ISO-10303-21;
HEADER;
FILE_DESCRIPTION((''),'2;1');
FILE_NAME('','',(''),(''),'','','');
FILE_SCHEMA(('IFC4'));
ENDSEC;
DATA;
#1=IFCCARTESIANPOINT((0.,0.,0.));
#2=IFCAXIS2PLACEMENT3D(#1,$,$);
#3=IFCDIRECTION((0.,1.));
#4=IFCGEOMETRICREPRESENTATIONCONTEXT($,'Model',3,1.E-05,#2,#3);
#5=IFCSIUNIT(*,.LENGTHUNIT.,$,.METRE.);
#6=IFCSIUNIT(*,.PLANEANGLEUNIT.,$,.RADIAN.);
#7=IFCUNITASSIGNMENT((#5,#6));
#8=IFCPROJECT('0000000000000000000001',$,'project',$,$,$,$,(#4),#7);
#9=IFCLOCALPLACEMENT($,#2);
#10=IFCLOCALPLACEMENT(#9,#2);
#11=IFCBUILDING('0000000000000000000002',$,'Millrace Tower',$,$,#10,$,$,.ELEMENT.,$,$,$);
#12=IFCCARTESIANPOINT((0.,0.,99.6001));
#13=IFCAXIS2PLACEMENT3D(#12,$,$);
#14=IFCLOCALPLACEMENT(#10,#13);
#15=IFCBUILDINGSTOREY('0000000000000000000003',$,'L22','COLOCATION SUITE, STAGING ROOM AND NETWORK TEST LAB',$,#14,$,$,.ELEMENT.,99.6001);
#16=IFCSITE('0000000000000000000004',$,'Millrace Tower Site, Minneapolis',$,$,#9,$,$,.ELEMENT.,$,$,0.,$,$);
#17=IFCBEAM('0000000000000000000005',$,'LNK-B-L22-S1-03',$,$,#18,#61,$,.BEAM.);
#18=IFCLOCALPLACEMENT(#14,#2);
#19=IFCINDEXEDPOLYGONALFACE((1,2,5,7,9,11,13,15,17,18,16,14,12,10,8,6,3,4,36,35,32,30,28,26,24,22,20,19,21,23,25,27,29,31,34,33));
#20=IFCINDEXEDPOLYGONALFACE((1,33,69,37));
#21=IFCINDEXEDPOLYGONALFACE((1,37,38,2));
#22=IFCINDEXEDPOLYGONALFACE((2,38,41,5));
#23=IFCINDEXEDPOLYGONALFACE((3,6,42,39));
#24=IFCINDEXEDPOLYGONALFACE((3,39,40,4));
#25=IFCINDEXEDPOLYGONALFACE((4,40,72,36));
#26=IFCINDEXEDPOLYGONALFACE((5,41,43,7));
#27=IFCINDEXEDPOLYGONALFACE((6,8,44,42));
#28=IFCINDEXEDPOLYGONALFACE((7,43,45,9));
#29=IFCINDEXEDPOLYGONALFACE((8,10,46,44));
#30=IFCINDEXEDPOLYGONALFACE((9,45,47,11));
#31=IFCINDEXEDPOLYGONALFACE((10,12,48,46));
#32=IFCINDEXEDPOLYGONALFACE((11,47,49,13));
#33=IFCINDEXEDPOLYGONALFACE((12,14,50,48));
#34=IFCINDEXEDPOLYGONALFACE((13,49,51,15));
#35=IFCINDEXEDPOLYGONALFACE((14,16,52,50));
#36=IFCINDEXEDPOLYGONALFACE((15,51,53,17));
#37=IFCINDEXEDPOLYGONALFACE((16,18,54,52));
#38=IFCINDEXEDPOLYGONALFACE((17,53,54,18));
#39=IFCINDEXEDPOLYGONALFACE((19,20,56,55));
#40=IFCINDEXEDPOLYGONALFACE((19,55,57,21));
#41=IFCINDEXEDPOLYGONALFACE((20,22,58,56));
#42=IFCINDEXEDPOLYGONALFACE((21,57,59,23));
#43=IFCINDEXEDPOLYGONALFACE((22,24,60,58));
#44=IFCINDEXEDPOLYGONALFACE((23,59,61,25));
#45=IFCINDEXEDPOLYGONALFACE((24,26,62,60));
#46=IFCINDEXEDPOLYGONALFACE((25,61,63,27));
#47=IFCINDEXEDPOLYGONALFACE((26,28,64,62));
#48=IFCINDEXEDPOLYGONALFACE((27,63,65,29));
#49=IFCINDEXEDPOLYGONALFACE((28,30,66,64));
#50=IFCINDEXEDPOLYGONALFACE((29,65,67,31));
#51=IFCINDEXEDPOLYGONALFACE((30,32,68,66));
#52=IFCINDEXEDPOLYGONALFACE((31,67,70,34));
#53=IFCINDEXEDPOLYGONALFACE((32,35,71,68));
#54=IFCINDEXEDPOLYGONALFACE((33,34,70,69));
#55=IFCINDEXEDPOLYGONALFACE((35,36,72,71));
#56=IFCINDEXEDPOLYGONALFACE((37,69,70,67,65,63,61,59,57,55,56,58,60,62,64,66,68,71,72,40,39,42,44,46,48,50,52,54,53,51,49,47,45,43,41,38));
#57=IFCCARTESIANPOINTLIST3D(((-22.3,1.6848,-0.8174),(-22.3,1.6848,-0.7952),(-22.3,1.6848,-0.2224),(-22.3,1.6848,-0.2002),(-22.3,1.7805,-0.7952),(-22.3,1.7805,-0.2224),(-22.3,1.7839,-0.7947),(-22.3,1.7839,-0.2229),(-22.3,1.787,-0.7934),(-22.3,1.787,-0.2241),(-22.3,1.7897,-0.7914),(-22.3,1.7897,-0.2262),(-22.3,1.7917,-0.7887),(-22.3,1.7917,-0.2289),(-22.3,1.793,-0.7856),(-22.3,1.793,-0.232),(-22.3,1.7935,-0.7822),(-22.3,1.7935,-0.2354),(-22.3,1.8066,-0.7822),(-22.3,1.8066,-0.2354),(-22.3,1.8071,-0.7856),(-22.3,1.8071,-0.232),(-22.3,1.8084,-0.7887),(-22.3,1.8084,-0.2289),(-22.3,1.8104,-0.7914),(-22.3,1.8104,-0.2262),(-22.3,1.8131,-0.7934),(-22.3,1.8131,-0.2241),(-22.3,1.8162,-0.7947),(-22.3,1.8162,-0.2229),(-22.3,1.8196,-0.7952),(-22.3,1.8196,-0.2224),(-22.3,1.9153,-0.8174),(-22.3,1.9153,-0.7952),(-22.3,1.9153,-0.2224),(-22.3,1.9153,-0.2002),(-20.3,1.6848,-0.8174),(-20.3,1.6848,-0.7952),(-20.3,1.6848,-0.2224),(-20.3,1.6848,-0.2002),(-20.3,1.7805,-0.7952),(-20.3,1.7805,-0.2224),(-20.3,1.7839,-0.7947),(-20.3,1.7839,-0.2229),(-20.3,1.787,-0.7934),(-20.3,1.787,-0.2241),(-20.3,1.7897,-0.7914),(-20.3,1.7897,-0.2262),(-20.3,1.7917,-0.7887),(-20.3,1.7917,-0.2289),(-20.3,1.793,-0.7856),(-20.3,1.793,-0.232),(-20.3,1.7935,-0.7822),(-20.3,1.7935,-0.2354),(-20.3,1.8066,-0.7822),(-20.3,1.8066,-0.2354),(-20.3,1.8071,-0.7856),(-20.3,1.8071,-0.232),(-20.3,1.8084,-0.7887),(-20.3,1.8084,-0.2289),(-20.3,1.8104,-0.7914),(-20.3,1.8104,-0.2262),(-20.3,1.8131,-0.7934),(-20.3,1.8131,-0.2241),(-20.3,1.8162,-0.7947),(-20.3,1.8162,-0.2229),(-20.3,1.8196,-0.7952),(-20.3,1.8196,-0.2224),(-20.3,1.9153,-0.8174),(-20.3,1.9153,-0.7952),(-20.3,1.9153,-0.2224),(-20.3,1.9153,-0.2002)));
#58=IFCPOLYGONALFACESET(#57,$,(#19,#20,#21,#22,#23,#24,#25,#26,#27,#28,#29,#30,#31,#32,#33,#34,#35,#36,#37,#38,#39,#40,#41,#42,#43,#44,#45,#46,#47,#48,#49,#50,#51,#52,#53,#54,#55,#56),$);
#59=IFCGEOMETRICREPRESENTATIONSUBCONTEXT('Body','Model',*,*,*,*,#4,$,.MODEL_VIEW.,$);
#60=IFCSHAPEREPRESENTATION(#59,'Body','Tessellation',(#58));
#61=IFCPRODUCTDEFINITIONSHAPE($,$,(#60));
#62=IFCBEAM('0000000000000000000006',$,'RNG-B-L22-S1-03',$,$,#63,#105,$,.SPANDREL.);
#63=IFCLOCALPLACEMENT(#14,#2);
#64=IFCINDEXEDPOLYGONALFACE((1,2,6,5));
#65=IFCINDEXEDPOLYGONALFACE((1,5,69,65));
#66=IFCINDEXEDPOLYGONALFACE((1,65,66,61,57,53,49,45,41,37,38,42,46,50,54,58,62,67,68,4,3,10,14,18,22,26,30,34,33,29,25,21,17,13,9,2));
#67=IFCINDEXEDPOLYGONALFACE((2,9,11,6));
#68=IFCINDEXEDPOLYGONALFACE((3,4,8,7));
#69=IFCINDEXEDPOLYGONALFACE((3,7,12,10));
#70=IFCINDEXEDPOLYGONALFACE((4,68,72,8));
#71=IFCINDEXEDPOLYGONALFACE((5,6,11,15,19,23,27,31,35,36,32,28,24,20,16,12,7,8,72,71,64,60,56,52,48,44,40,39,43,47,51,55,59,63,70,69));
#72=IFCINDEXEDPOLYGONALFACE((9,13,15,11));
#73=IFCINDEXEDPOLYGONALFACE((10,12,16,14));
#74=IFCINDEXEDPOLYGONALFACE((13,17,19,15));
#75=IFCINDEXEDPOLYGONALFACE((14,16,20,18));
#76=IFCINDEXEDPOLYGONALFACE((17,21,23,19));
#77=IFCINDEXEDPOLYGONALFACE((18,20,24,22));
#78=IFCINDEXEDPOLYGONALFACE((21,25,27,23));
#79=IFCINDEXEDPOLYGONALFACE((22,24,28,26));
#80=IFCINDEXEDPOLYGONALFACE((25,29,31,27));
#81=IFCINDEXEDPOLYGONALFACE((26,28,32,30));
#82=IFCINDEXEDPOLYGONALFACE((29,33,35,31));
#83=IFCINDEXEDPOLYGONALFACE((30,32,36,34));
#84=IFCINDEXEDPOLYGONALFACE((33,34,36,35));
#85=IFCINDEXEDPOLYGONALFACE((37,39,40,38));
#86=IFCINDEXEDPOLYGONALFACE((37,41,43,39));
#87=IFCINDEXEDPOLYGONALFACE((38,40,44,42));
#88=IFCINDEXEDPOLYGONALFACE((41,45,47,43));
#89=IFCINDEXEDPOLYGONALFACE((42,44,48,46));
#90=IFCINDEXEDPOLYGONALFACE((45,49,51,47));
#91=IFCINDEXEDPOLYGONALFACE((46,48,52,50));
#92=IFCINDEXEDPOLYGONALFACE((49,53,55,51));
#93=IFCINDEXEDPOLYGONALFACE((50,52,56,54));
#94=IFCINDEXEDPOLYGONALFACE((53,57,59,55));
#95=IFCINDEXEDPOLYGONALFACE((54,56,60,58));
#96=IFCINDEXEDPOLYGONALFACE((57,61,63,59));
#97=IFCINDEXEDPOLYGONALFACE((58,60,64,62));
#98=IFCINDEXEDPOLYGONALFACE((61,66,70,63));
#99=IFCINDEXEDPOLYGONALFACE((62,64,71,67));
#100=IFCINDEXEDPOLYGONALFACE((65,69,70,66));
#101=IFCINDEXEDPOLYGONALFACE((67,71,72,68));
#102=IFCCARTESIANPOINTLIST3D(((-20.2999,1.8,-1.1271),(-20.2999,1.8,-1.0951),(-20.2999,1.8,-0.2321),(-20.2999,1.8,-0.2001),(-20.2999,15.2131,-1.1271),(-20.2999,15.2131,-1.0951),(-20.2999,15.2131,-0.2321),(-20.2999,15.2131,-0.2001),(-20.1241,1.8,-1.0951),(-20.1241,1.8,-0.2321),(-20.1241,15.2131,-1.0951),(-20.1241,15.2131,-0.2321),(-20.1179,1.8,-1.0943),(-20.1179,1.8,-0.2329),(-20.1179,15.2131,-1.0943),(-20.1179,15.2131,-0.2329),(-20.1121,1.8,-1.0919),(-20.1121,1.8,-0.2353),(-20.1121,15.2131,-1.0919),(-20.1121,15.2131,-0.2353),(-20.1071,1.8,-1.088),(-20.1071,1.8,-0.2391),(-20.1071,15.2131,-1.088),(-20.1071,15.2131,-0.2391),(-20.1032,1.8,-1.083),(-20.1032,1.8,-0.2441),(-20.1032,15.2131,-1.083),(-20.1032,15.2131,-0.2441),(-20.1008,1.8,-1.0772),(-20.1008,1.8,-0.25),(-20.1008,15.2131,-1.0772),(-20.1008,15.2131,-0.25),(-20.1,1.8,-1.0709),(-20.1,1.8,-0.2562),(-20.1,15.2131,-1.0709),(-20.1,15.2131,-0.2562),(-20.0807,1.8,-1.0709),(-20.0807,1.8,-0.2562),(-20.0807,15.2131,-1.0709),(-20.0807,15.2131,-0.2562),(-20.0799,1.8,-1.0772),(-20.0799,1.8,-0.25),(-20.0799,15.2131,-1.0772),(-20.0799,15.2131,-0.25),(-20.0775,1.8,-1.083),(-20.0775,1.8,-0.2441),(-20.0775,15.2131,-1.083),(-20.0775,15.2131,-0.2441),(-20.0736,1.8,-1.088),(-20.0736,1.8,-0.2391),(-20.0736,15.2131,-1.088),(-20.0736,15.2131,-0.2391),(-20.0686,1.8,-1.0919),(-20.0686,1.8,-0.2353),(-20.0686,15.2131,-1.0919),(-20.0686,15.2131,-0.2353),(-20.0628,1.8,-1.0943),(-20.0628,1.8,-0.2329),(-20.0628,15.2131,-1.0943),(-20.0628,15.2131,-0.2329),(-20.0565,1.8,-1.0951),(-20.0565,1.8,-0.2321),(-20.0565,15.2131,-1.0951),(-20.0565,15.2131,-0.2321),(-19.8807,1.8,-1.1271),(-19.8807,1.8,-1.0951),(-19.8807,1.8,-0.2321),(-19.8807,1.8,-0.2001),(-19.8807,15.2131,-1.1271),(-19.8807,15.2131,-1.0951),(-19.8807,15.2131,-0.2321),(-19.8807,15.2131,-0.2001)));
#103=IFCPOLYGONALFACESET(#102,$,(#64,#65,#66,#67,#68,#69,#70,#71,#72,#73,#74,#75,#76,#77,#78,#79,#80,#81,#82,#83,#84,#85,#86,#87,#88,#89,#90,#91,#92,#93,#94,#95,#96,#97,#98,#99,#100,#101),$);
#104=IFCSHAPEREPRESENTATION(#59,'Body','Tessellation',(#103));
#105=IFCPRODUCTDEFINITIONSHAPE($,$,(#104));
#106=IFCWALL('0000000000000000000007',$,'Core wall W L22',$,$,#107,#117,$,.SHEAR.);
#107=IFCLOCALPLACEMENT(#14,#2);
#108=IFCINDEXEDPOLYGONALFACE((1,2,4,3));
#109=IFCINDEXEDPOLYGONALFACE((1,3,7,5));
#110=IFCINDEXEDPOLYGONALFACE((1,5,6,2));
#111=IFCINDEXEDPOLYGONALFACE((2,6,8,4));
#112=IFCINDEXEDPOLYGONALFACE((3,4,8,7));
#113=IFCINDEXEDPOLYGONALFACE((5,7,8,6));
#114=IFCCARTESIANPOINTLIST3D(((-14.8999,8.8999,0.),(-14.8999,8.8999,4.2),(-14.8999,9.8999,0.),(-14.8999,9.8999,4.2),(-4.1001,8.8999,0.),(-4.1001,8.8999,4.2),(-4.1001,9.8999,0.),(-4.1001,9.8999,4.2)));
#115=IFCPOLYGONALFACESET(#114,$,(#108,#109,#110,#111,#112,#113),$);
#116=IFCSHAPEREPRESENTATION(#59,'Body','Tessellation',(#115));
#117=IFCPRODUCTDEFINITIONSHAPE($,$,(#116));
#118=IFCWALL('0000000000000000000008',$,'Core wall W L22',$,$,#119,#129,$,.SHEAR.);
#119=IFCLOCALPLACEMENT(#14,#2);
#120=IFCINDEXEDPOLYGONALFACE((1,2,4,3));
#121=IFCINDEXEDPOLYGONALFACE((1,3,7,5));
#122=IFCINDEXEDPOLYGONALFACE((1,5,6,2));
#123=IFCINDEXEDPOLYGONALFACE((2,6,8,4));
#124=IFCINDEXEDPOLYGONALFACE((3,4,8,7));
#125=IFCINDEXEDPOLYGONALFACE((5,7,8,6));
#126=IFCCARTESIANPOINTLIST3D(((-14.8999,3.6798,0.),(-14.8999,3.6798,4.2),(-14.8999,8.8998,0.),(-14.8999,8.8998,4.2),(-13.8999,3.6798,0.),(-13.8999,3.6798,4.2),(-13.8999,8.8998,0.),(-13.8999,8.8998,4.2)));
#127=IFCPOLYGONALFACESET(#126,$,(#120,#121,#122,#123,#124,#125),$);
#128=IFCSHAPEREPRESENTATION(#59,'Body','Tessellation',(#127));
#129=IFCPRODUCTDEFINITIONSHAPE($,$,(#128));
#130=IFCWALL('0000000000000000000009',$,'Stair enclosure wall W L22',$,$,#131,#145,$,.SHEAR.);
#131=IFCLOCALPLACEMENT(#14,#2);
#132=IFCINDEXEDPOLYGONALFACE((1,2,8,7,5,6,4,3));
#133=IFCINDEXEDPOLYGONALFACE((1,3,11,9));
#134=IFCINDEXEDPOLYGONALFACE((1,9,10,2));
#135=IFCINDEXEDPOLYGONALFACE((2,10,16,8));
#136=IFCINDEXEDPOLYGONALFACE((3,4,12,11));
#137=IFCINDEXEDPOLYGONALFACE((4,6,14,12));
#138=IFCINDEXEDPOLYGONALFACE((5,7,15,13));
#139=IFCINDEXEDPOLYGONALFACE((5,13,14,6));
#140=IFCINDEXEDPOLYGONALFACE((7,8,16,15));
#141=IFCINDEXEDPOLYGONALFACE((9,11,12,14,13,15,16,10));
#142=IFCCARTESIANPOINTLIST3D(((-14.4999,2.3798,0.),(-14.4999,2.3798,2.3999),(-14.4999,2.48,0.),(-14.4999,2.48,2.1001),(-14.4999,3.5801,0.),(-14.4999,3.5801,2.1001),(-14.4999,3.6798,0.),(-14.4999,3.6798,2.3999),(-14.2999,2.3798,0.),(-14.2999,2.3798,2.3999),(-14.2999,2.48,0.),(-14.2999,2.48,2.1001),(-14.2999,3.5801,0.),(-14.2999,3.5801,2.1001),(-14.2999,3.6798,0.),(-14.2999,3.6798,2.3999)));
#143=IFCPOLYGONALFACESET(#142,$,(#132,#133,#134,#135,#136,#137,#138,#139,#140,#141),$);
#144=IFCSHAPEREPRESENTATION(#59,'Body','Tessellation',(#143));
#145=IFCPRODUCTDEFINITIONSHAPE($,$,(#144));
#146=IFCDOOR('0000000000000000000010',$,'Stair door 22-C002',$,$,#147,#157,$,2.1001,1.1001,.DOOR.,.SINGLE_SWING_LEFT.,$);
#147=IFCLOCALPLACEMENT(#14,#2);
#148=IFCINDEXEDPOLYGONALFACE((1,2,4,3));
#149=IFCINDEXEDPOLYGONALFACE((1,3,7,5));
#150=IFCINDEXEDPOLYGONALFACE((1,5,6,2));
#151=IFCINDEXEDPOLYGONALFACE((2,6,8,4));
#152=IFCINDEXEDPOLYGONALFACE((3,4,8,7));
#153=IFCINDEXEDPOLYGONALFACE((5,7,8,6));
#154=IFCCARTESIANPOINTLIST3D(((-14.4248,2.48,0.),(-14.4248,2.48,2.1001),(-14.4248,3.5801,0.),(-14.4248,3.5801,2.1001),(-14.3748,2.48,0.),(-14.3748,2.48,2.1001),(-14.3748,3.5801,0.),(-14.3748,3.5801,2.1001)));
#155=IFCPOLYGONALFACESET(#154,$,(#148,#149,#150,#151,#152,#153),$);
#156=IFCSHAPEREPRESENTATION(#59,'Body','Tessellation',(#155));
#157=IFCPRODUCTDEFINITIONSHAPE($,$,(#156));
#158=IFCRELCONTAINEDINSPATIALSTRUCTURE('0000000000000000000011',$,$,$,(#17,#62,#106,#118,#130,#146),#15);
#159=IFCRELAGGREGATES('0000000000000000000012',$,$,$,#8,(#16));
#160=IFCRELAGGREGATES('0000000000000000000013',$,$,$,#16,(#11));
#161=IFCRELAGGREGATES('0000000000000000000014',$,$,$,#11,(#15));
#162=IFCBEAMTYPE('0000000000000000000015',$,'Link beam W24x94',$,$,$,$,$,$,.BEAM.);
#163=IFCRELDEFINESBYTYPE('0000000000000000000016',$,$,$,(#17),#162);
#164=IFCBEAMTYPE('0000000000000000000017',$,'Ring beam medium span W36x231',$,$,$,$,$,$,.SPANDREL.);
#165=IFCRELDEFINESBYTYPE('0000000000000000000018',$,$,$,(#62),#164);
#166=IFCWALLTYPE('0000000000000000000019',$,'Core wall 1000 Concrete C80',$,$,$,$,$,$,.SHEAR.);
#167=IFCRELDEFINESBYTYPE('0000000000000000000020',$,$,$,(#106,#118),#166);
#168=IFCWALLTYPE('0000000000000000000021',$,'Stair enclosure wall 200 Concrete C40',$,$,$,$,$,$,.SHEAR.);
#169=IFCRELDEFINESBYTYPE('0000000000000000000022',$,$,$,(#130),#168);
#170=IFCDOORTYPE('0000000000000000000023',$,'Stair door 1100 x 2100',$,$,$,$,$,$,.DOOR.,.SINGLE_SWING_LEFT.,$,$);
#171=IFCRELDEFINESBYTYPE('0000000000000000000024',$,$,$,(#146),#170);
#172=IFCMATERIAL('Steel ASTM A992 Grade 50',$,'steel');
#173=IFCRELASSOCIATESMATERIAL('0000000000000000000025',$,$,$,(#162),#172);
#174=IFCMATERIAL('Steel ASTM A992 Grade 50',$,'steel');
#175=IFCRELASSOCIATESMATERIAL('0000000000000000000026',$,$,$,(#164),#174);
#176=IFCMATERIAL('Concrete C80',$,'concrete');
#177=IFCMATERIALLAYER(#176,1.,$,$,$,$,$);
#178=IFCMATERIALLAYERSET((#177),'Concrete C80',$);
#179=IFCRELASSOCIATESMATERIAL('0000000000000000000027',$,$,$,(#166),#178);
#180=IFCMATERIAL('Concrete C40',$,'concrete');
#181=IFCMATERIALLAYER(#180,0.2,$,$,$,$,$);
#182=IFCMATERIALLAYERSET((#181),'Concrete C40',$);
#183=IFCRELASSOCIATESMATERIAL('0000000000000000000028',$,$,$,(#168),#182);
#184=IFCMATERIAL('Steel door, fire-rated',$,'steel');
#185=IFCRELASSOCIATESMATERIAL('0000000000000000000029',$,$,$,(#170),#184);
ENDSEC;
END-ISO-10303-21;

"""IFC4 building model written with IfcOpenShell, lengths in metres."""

from ifc_helpers import new_model, si_unit, direction, frame, frame_2d, origin, origin_2d, place, context, subcontext, project, spatial, rectangle, i_section, extrude, material, layer, layer_set, material_profile, profile_set, type_object, element, fill, save


model = new_model("IFC4")

# Units and contexts
model_context = context("Model", 3, precision=1e-05, world=origin(), true_north=direction((0.0, 1.0)))
body_context = subcontext(model_context, "Body", "Model", "MODEL_VIEW")
ifc_project = project(units=[si_unit("LENGTHUNIT", "METRE"), si_unit("PLANEANGLEUNIT", "RADIAN")], contexts=[model_context])

# Site, building, storey
site_placement = place(None, origin())
site = spatial("IfcSite", under=ifc_project, at=site_placement, Name="Millrace Tower Site, Minneapolis", CompositionType="ELEMENT", RefElevation=0.0)
building_placement = place(site_placement, origin())
building = spatial("IfcBuilding", under=site, at=building_placement, Name="Millrace Tower", CompositionType="ELEMENT")
storey_placement = place(building_placement, frame((0.0, 0.0, 99.6001)))
storey = spatial("IfcBuildingStorey", under=building, at=storey_placement, Name="L22", Description="COLOCATION SUITE, STAGING ROOM AND NETWORK TEST LAB", CompositionType="ELEMENT", Elevation=99.6001)

# Beams
ifc_material_1 = material(Name="Steel ASTM A992 Grade 50", Category="steel")
ifc_material_profile_1 = material_profile(ifc_material_1, i_section(OverallWidth=0.2305, OverallDepth=0.6172, WebThickness=0.0132, FlangeThickness=0.0222, FilletRadius=0.0129, at=origin_2d()))
ifc_profile_set_1 = profile_set([ifc_material_profile_1], Name="Steel ASTM A992 Grade 50")
beam_type_1 = type_object("IfcBeamType", Name="Link beam W24x94", PredefinedType="BEAM", material=ifc_profile_set_1)
beam_1_placement = place(storey_placement, frame((-20.3, 1.8, -0.5088), z_axis=(-1.0, 0.0, 0.0), x_axis=(0.0, -1.0, 0.0)))
element("IfcBeam", 1, at=beam_1_placement, inside=storey, type_object=beam_type_1, Name="LNK-B-L22-S1-03", PredefinedType="BEAM", context=body_context, shape_type="SweptSolid", body=[
    extrude(i_section(OverallWidth=0.2305, OverallDepth=0.6172, WebThickness=0.0132, FlangeThickness=0.0222, FilletRadius=0.0129, at=origin_2d()), origin(), (0.0, 0.0, 1.0), 2.0),
])
ifc_material_2 = material(Name="Steel ASTM A992 Grade 50", Category="steel")
ifc_material_profile_2 = material_profile(ifc_material_2, i_section(OverallWidth=0.4192, OverallDepth=0.927, WebThickness=0.0193, FlangeThickness=0.032, FilletRadius=0.0242, at=origin_2d()))
ifc_profile_set_2 = profile_set([ifc_material_profile_2], Name="Steel ASTM A992 Grade 50")
beam_type_2 = type_object("IfcBeamType", Name="Ring beam medium span W36x231", PredefinedType="SPANDREL", material=ifc_profile_set_2)
beam_2_placement = place(storey_placement, frame((-20.0903, 1.8, -0.6636), z_axis=(0.0, 1.0, 0.0), x_axis=(-1.0, 0.0, 0.0)))
element("IfcBeam", 2, at=beam_2_placement, inside=storey, type_object=beam_type_2, Name="RNG-B-L22-S1-03", PredefinedType="SPANDREL", context=body_context, shape_type="SweptSolid", body=[
    extrude(i_section(OverallWidth=0.4192, OverallDepth=0.927, WebThickness=0.0193, FlangeThickness=0.032, FilletRadius=0.0242, at=origin_2d()), origin(), (0.0, 0.0, 1.0), 13.4131),
])

# Walls
ifc_material_3 = material(Name="Concrete C80", Category="concrete")
ifc_layer_1 = layer(ifc_material_3, 1.0)
ifc_layer_set_1 = layer_set([ifc_layer_1], Name="Concrete C80")
wall_type_1 = type_object("IfcWallType", Name="Core wall 1000 Concrete C80", PredefinedType="SHEAR", material=ifc_layer_set_1)
wall_1_placement = place(storey_placement, frame((-14.8999, 9.3999, 0.0), z_axis=(0.0, 0.0, 1.0), x_axis=(1.0, 0.0, 0.0)))
element("IfcWall", 3, at=wall_1_placement, inside=storey, type_object=wall_type_1, Name="Core wall W L22", PredefinedType="SHEAR", context=body_context, shape_type="SweptSolid", body=[
    extrude(rectangle(XDim=10.7998, YDim=1.0, at=frame_2d((5.3999, 0.0))), origin(), (0.0, 0.0, 1.0), 4.2),
])
wall_2_placement = place(storey_placement, frame((-14.3999, 3.6799, 0.0), z_axis=(0.0, 0.0, 1.0), x_axis=(0.0, 1.0, 0.0)))
element("IfcWall", 4, at=wall_2_placement, inside=storey, type_object=wall_type_1, Name="Core wall W L22", PredefinedType="SHEAR", context=body_context, shape_type="SweptSolid", body=[
    extrude(rectangle(XDim=5.22, YDim=1.0, at=frame_2d((2.6099, 0.0))), origin(), (0.0, 0.0, 1.0), 4.2),
])

# Wall, opening, door
ifc_material_4 = material(Name="Concrete C40", Category="concrete")
ifc_layer_2 = layer(ifc_material_4, 0.2)
ifc_layer_set_2 = layer_set([ifc_layer_2], Name="Concrete C40")
wall_type_2 = type_object("IfcWallType", Name="Stair enclosure wall 200 Concrete C40", PredefinedType="SHEAR", material=ifc_layer_set_2)
wall_3_placement = place(storey_placement, frame((-14.3999, 2.3799, 0.0), z_axis=(0.0, 0.0, 1.0), x_axis=(0.0, 1.0, 0.0)))
wall_3 = element("IfcWall", 5, at=wall_3_placement, inside=storey, type_object=wall_type_2, Name="Stair enclosure wall W L22", PredefinedType="SHEAR", context=body_context, shape_type="SweptSolid", body=[
    extrude(rectangle(XDim=1.3, YDim=0.2, at=frame_2d((0.6499, 0.0))), origin(), (0.0, 0.0, 1.0), 2.3999),
])
opening_1_placement = place(wall_3_placement, frame((0.1001, 0.0, 0.0)))
opening_1 = element("IfcOpeningElement", 6, at=opening_1_placement, cuts=wall_3, PredefinedType="OPENING", context=body_context, shape_type="SweptSolid", body=[
    extrude(rectangle(XDim=1.1001, YDim=2.1001, at=frame_2d((0.55, 1.05))), frame((0.0, 0.1099, 0.0), z_axis=(0.0, -1.0, 0.0), x_axis=(1.0, 0.0, 0.0)), (0.0, 0.0, 1.0), 0.22),
])
ifc_material_5 = material(Name="Steel door, fire-rated", Category="steel")
door_type_1 = type_object("IfcDoorType", Name="Stair door 1100 x 2100", OperationType="SINGLE_SWING_LEFT", PredefinedType="DOOR", material=ifc_material_5)
door_1_placement = place(opening_1_placement, origin())
door_1 = element("IfcDoor", 7, at=door_1_placement, inside=storey, type_object=door_type_1, Name="Stair door 22-C002", OperationType="SINGLE_SWING_LEFT", OverallHeight=2.1001, OverallWidth=1.1001, PredefinedType="DOOR", context=body_context, shape_type="SweptSolid", body=[
    extrude(rectangle(XDim=1.1001, YDim=2.1001, at=frame_2d((0.55, 1.05))), frame((0.0, 0.0249, 0.0), z_axis=(0.0, -1.0, 0.0), x_axis=(1.0, 0.0, 0.0)), (0.0, 0.0, 1.0), 0.05),
])
fill(opening_1, door_1)

save(model, "model.ifc")
